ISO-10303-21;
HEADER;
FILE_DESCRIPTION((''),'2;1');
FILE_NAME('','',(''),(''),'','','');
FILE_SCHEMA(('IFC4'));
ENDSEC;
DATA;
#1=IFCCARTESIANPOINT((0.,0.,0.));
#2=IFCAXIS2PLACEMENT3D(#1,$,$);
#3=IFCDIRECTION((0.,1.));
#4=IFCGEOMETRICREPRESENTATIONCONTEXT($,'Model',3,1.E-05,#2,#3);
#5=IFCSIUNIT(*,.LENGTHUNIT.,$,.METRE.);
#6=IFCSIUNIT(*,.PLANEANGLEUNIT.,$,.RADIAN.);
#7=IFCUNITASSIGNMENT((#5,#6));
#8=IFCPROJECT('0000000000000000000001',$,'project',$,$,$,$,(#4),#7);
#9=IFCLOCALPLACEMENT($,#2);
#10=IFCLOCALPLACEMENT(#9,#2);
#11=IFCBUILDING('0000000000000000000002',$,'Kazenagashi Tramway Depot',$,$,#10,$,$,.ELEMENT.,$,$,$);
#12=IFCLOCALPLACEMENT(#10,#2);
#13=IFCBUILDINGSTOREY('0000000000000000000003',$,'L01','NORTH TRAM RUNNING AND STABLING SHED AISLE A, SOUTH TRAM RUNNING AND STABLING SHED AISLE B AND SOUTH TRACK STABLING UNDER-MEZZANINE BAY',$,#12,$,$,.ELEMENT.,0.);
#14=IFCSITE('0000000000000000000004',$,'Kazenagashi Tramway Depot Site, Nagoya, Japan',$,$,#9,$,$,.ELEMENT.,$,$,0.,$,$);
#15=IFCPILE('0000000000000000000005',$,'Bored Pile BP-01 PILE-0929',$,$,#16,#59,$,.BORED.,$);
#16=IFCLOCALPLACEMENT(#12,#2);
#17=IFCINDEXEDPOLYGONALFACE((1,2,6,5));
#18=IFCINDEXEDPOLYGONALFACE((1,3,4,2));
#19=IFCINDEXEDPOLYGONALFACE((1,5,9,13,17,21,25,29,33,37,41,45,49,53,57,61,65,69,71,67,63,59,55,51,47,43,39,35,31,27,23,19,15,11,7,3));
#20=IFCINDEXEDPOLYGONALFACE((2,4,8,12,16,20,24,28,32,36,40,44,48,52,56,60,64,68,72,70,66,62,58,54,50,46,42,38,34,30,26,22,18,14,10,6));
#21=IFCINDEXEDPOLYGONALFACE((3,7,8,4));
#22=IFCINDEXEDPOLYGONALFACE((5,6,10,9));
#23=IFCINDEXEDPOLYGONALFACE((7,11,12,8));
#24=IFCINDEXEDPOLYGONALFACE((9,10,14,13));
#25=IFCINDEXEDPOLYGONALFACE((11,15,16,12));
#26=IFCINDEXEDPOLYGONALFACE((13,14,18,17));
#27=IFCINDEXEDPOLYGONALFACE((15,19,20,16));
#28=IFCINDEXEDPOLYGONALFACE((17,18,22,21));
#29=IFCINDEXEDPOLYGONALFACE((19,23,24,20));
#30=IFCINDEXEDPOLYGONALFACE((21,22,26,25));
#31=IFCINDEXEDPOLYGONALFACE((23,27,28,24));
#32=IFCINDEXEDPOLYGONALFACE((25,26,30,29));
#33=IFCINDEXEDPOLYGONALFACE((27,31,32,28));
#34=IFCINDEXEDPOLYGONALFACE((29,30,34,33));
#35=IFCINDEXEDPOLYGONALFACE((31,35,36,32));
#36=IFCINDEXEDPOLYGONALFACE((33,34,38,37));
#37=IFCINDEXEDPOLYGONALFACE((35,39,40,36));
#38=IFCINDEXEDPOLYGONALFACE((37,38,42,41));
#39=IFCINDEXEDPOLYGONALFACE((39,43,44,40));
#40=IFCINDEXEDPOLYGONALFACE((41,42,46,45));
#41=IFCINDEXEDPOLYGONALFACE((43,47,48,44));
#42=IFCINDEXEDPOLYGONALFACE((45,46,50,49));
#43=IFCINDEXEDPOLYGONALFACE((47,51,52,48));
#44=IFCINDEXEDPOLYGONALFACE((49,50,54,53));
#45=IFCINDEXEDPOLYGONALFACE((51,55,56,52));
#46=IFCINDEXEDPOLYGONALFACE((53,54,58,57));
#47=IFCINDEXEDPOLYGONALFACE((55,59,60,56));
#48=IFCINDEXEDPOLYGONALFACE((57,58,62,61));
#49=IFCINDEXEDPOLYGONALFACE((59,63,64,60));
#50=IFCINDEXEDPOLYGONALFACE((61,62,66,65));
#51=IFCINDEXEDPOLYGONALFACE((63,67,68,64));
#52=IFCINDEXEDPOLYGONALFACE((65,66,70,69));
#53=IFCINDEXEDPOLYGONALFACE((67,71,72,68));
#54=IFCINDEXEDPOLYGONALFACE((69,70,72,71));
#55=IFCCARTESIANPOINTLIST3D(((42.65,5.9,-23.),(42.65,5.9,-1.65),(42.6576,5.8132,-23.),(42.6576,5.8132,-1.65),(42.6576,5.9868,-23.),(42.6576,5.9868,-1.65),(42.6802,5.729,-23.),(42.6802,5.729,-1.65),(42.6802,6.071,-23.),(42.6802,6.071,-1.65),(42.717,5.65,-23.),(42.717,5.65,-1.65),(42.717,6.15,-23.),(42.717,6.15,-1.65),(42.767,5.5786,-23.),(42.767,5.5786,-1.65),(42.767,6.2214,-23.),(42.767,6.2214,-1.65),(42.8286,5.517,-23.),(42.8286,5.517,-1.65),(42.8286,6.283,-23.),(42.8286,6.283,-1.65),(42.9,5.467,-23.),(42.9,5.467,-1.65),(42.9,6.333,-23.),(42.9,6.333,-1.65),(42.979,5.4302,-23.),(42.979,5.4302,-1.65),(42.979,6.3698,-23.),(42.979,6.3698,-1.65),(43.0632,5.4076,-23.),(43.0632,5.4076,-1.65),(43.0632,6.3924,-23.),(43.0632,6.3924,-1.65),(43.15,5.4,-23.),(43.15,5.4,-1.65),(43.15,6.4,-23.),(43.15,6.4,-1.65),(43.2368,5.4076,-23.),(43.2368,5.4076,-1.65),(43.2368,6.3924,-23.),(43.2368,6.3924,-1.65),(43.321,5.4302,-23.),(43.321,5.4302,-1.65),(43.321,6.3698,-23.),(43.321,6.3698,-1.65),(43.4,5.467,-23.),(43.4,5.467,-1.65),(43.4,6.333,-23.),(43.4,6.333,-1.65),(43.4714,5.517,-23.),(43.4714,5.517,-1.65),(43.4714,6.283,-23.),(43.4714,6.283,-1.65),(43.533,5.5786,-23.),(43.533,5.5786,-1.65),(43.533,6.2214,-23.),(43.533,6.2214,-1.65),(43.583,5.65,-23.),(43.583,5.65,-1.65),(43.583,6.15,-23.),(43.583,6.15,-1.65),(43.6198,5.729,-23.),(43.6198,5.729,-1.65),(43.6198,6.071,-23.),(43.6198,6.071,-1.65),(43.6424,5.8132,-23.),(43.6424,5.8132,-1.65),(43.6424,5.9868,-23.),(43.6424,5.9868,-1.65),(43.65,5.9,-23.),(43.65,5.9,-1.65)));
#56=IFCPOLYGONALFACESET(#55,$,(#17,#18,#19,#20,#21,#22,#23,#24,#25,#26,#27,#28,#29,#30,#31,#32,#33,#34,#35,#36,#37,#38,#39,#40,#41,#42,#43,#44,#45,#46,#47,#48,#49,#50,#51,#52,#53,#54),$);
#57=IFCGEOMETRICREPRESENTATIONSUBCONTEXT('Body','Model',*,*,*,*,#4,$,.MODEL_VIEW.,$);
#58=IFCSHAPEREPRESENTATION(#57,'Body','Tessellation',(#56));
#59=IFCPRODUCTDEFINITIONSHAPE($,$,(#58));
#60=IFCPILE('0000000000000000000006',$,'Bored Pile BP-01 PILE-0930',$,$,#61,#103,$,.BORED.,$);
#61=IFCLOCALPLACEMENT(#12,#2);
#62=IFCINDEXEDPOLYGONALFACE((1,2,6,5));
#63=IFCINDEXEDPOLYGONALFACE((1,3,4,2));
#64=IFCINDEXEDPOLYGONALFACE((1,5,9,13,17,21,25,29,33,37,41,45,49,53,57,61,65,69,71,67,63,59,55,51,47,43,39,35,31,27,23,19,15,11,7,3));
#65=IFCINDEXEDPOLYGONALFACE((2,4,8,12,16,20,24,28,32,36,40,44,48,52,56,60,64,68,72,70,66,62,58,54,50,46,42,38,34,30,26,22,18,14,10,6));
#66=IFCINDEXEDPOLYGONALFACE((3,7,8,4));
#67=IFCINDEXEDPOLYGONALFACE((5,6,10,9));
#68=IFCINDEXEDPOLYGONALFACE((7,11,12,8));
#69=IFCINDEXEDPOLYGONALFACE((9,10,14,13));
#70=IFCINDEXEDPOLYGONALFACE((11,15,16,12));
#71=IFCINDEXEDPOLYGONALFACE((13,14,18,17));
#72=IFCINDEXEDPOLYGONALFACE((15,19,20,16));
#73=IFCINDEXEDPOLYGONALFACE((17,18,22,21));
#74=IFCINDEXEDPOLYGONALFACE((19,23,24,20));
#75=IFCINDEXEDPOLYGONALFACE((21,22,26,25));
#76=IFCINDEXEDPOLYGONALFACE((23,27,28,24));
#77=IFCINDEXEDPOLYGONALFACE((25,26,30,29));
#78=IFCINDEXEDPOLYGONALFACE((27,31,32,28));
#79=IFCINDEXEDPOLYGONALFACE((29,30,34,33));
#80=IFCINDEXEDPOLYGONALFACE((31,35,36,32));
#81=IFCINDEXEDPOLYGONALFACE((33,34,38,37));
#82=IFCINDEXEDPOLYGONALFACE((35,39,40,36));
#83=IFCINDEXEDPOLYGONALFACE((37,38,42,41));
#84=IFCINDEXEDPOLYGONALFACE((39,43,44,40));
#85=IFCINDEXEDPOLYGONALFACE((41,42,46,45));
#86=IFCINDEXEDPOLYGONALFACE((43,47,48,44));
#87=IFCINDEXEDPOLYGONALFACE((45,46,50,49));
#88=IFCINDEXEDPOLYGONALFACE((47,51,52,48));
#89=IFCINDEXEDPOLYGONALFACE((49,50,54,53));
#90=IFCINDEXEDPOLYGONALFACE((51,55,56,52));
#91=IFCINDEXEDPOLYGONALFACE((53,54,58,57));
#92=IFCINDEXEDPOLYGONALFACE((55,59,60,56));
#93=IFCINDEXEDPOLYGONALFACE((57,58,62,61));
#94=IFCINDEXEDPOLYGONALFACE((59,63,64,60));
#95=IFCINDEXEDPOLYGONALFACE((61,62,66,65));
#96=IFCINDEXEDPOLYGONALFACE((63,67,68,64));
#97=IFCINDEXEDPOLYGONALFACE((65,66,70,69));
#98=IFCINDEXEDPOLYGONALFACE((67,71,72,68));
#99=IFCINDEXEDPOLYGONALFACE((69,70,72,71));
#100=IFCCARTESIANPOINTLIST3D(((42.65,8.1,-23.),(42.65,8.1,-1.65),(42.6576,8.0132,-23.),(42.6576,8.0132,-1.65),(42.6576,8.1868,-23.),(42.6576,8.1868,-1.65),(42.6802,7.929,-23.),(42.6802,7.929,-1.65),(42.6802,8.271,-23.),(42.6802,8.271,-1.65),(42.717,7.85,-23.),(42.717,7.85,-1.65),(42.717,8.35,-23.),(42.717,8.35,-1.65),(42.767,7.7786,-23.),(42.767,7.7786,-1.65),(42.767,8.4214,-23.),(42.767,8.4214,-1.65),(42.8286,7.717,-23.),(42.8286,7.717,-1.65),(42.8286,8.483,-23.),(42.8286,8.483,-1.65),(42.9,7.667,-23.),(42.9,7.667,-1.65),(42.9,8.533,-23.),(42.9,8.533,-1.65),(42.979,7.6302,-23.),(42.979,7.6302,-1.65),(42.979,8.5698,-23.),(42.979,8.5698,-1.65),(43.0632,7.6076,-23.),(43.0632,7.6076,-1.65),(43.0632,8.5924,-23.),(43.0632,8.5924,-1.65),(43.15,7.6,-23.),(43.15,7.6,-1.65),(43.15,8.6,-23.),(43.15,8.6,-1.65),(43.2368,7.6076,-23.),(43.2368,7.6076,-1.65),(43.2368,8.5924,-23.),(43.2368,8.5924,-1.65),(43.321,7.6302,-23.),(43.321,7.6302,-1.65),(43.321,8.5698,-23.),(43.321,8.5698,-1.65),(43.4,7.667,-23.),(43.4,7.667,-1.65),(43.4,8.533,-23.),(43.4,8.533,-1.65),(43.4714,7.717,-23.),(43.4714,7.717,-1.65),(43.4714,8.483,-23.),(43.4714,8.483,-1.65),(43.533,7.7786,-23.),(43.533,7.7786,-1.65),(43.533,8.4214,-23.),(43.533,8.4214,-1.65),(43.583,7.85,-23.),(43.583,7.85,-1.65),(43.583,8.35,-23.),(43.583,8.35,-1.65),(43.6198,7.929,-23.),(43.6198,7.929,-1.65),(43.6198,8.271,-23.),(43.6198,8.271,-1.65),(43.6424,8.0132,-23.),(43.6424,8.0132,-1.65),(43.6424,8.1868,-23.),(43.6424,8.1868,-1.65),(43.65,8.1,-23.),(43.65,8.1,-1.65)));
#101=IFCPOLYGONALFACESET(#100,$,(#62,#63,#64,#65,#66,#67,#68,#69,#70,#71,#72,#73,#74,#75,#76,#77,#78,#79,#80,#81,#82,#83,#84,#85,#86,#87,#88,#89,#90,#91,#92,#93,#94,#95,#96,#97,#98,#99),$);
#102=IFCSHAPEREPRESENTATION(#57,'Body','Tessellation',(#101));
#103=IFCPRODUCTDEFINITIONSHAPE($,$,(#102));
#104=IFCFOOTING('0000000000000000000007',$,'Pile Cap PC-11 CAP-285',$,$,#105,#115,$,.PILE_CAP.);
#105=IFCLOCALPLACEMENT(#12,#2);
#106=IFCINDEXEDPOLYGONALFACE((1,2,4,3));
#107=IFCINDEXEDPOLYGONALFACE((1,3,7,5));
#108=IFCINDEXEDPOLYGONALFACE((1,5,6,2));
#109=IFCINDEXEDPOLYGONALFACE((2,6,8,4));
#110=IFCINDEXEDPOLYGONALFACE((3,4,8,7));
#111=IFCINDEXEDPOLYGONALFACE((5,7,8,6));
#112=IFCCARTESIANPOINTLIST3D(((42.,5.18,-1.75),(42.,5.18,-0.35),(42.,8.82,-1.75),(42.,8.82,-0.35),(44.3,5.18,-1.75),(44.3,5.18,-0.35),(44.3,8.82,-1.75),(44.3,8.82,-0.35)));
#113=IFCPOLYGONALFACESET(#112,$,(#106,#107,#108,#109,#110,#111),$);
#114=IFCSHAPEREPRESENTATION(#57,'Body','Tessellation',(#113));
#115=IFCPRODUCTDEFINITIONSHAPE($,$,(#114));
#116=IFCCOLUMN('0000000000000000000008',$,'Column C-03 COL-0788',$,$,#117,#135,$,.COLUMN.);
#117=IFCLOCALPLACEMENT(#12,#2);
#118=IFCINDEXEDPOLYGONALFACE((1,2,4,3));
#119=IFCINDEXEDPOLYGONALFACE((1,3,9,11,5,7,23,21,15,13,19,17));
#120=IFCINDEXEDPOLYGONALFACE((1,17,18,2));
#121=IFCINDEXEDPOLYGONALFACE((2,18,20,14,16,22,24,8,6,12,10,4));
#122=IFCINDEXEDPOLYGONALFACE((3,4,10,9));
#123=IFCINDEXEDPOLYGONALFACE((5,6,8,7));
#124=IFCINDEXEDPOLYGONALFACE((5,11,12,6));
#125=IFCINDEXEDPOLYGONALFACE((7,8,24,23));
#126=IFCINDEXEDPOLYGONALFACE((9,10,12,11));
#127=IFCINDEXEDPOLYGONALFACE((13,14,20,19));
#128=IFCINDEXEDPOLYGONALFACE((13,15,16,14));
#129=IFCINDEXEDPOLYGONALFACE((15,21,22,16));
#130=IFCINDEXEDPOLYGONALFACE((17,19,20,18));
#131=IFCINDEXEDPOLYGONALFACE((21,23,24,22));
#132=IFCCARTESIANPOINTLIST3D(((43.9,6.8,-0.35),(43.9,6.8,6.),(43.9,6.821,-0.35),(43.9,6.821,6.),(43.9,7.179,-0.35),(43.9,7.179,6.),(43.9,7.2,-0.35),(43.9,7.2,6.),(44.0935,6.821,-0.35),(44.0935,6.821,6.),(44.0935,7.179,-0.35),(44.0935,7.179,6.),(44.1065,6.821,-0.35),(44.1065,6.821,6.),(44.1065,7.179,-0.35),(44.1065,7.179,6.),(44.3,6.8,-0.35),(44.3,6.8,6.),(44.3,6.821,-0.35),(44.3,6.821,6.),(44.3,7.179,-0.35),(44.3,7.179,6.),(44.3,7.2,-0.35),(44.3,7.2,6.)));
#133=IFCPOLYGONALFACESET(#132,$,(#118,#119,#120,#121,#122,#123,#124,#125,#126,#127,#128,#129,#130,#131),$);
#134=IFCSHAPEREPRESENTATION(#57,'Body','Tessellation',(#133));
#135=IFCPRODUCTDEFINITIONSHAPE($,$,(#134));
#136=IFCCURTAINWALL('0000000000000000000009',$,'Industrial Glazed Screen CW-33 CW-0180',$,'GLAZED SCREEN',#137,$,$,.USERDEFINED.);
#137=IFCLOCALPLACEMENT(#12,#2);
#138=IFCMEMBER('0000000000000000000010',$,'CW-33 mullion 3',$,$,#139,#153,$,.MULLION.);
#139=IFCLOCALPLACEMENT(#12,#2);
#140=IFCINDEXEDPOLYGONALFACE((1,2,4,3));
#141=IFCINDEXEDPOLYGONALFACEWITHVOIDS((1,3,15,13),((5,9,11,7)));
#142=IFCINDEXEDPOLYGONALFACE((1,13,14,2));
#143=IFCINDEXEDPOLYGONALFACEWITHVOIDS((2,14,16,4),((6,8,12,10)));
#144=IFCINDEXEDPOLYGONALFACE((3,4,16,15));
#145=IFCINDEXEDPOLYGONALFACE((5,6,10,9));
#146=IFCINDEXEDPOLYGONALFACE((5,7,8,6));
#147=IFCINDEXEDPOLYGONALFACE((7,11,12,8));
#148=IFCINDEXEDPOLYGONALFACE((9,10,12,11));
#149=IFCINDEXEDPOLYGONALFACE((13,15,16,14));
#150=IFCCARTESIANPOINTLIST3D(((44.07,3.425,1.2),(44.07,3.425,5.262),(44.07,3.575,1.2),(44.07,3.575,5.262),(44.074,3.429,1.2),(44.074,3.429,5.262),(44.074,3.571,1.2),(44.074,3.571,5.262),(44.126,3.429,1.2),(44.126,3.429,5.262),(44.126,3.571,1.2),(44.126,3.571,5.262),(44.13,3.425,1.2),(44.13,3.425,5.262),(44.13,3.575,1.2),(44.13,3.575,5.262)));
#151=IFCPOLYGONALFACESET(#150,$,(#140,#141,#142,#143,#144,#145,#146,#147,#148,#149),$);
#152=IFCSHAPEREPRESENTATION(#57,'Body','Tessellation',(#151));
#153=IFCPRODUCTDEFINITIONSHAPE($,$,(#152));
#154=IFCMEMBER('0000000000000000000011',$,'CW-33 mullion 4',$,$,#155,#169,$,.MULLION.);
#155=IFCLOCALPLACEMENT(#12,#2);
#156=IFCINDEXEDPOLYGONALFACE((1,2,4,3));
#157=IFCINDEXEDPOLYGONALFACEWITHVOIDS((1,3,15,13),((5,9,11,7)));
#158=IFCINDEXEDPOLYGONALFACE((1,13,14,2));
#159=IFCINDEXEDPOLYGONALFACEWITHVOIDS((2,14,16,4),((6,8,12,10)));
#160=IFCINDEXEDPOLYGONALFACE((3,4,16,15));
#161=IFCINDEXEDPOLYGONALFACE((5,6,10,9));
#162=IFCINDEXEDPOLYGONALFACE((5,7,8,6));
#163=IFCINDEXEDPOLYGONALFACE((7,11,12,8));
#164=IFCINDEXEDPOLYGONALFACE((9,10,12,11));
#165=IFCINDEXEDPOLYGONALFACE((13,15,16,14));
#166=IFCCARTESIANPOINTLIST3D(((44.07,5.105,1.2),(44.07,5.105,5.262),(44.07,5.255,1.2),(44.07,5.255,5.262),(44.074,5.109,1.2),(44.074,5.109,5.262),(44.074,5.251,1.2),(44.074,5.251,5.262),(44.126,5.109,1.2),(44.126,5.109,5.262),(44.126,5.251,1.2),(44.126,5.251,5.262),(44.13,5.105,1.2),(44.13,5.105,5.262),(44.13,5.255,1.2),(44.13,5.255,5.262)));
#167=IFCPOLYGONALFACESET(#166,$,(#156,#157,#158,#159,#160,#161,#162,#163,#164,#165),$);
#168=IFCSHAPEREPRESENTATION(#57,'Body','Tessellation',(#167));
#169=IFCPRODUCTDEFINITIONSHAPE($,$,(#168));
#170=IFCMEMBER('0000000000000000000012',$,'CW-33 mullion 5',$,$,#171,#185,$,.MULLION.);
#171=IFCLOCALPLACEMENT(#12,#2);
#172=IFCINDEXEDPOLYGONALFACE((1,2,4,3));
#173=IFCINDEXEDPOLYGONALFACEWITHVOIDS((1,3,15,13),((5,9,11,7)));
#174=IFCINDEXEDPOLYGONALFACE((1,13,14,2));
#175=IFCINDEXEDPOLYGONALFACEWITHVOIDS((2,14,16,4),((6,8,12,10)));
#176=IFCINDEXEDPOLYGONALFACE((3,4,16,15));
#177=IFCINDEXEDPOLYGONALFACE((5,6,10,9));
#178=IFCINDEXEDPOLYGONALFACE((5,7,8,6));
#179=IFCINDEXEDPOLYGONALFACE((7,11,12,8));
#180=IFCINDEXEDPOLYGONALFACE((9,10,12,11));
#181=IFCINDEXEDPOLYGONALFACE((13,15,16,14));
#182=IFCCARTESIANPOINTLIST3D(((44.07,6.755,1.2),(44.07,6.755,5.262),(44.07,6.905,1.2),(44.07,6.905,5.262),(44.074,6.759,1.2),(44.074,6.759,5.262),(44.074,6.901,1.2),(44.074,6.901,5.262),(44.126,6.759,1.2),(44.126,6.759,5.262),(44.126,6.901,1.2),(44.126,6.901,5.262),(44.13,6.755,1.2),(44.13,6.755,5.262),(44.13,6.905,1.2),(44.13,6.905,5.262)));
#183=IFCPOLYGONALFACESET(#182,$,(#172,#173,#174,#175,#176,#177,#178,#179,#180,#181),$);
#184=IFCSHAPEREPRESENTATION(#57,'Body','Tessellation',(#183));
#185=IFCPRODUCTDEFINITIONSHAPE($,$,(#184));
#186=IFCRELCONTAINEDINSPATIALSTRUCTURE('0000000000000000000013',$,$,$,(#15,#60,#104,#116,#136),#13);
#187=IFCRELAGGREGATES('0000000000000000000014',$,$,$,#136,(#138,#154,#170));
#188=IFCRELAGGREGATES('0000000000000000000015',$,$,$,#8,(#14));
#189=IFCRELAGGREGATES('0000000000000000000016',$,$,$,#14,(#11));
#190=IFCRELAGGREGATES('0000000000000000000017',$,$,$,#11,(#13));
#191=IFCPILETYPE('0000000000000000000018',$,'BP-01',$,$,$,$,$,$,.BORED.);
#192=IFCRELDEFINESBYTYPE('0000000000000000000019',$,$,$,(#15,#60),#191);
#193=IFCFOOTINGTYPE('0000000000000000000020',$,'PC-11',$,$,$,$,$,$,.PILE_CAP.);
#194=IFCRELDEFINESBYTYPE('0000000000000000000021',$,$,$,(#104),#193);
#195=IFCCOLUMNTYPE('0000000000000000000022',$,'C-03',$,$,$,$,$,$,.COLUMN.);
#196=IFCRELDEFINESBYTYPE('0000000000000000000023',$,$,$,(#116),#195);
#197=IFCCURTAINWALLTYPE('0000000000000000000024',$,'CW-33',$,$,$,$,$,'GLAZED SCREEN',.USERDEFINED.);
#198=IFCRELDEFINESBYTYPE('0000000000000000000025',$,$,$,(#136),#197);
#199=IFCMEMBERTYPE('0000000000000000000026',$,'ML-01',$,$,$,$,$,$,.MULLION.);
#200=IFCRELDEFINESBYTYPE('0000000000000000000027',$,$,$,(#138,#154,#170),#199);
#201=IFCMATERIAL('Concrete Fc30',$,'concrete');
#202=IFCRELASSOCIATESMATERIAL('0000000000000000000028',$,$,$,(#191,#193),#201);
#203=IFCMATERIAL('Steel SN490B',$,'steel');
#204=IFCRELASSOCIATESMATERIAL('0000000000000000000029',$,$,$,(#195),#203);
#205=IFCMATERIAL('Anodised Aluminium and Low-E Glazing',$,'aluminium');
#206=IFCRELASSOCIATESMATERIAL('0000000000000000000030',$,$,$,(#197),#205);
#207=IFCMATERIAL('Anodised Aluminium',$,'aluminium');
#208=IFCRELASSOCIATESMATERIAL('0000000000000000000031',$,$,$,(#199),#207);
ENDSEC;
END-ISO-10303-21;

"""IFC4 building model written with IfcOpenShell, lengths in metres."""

from ifc_helpers import new_model, si_unit, direction, frame, origin, origin_2d, place, context, subcontext, project, spatial, rectangle, hollow_rectangle, circle, i_section, extrude, material, material_profile, profile_set, type_object, element, aggregate, save


model = new_model("IFC4")

# Units and contexts
model_context = context("Model", 3, precision=1e-05, world=origin(), true_north=direction((0.0, 1.0)))
body_context = subcontext(model_context, "Body", "Model", "MODEL_VIEW")
ifc_project = project(units=[si_unit("LENGTHUNIT", "METRE"), si_unit("PLANEANGLEUNIT", "RADIAN")], contexts=[model_context])

# Site, building, storey
site_placement = place(None, origin())
site = spatial("IfcSite", under=ifc_project, at=site_placement, Name="Kazenagashi Tramway Depot Site, Nagoya, Japan", CompositionType="ELEMENT", RefElevation=0.0)
building_placement = place(site_placement, origin())
building = spatial("IfcBuilding", under=site, at=building_placement, Name="Kazenagashi Tramway Depot", CompositionType="ELEMENT")
storey_placement = place(building_placement, origin())
storey = spatial("IfcBuildingStorey", under=building, at=storey_placement, Name="L01", Description="NORTH TRAM RUNNING AND STABLING SHED AISLE A, SOUTH TRAM RUNNING AND STABLING SHED AISLE B AND SOUTH TRACK STABLING UNDER-MEZZANINE BAY", CompositionType="ELEMENT", Elevation=0.0)

# Piles
ifc_material_1 = material(Name="Concrete Fc30", Category="concrete")
ifc_material_profile_1 = material_profile(ifc_material_1, circle(Radius=0.5, at=origin_2d()), Name="PILE-1000")
ifc_profile_set_1 = profile_set([ifc_material_profile_1], Name="Concrete Fc30")
pile_type = type_object("IfcPileType", Name="BP-01", PredefinedType="BORED", material=ifc_profile_set_1)
for number, where, z_axis, x_axis, name in (
    (1, (43.15, 5.9, -1.65), (0.0, 0.0, -1.0), (1.0, 0.0, 0.0), "Bored Pile BP-01 PILE-0929"),
    (2, (43.15, 8.1, -1.65), (0.0, 0.0, -1.0), (1.0, 0.0, 0.0), "Bored Pile BP-01 PILE-0930"),
):
    element("IfcPile", number, at=place(storey_placement, frame(where, z_axis=z_axis, x_axis=x_axis)), inside=storey, type_object=pile_type, Name=name, PredefinedType="BORED", context=body_context, shape_type="SweptSolid", body=[
        extrude(circle(Radius=0.5, at=origin_2d()), origin(), (0.0, 0.0, 1.0), 21.35),
    ])

# Footing
footing_type = type_object("IfcFootingType", Name="PC-11", PredefinedType="PILE_CAP", material=ifc_material_1)
footing_placement = place(storey_placement, frame((43.15, 7.0, -1.75), z_axis=(0.0, 0.0, 1.0), x_axis=(1.0, 0.0, 0.0)))
element("IfcFooting", 3, at=footing_placement, inside=storey, type_object=footing_type, Name="Pile Cap PC-11 CAP-285", PredefinedType="PILE_CAP", context=body_context, shape_type="SweptSolid", body=[
    extrude(rectangle(XDim=2.3, YDim=3.64, at=origin_2d()), origin(), (0.0, 0.0, 1.0), 1.4),
])

# Column
ifc_material_2 = material(Name="Steel SN490B", Category="steel")
ifc_material_profile_2 = material_profile(ifc_material_2, i_section(OverallWidth=0.4, OverallDepth=0.4, WebThickness=0.013, FlangeThickness=0.021, at=origin_2d()), Name="H-400x400x13x21")
ifc_profile_set_2 = profile_set([ifc_material_profile_2], Name="Steel SN490B")
column_type = type_object("IfcColumnType", Name="C-03", PredefinedType="COLUMN", material=ifc_profile_set_2)
column_placement = place(storey_placement, frame((44.1, 7.0, -0.35), z_axis=(0.0, 0.0, 1.0), x_axis=(1.0, 0.0, 0.0)))
element("IfcColumn", 4, at=column_placement, inside=storey, type_object=column_type, Name="Column C-03 COL-0788", PredefinedType="COLUMN", context=body_context, shape_type="SweptSolid", body=[
    extrude(i_section(OverallWidth=0.4, OverallDepth=0.4, WebThickness=0.013, FlangeThickness=0.021, at=origin_2d()), origin(), (0.0, 0.0, 1.0), 6.35),
])

# Curtain wall, members
ifc_material_3 = material(Name="Anodised Aluminium and Low-E Glazing", Category="aluminium")
curtain_wall_type = type_object("IfcCurtainWallType", Name="CW-33", ElementType="GLAZED SCREEN", PredefinedType="USERDEFINED", material=ifc_material_3)
curtain_wall_1_placement = place(storey_placement, origin())
curtain_wall_1 = element("IfcCurtainWall", 5, at=curtain_wall_1_placement, inside=storey, type_object=curtain_wall_type, Name="Industrial Glazed Screen CW-33 CW-0180", ObjectType="GLAZED SCREEN", PredefinedType="USERDEFINED")
ifc_material_4 = material(Name="Anodised Aluminium", Category="aluminium")
ifc_material_profile_3 = material_profile(ifc_material_4, hollow_rectangle(XDim=0.06, YDim=0.15, WallThickness=0.004, at=origin_2d()), Name="RHS-150x60x4")
ifc_profile_set_3 = profile_set([ifc_material_profile_3], Name="Anodised Aluminium")
member_type_1 = type_object("IfcMemberType", Name="ML-01", PredefinedType="MULLION", material=ifc_profile_set_3)
member_1_placement = place(storey_placement, frame((44.1, 3.5, 1.2), z_axis=(0.0, 0.0, 1.0), x_axis=(-1.0, 0.0, 0.0)))
member_1 = element("IfcMember", 6, at=member_1_placement, type_object=member_type_1, Name="CW-33 mullion 3", PredefinedType="MULLION", context=body_context, shape_type="SweptSolid", body=[
    extrude(hollow_rectangle(XDim=0.06, YDim=0.15, WallThickness=0.004, at=origin_2d()), origin(), (0.0, 0.0, 1.0), 4.062),
])
member_2_placement = place(storey_placement, frame((44.1, 5.18, 1.2), z_axis=(0.0, 0.0, 1.0), x_axis=(-1.0, 0.0, 0.0)))
member_2 = element("IfcMember", 7, at=member_2_placement, type_object=member_type_1, Name="CW-33 mullion 4", PredefinedType="MULLION", context=body_context, shape_type="SweptSolid", body=[
    extrude(hollow_rectangle(XDim=0.06, YDim=0.15, WallThickness=0.004, at=origin_2d()), origin(), (0.0, 0.0, 1.0), 4.062),
])
member_3_placement = place(storey_placement, frame((44.1, 6.83, 1.2), z_axis=(0.0, 0.0, 1.0), x_axis=(-1.0, 0.0, 0.0)))
member_3 = element("IfcMember", 8, at=member_3_placement, type_object=member_type_1, Name="CW-33 mullion 5", PredefinedType="MULLION", context=body_context, shape_type="SweptSolid", body=[
    extrude(hollow_rectangle(XDim=0.06, YDim=0.15, WallThickness=0.004, at=origin_2d()), origin(), (0.0, 0.0, 1.0), 4.062),
])

aggregate(curtain_wall_1, [member_1, member_2, member_3])

save(model, "model.ifc")
